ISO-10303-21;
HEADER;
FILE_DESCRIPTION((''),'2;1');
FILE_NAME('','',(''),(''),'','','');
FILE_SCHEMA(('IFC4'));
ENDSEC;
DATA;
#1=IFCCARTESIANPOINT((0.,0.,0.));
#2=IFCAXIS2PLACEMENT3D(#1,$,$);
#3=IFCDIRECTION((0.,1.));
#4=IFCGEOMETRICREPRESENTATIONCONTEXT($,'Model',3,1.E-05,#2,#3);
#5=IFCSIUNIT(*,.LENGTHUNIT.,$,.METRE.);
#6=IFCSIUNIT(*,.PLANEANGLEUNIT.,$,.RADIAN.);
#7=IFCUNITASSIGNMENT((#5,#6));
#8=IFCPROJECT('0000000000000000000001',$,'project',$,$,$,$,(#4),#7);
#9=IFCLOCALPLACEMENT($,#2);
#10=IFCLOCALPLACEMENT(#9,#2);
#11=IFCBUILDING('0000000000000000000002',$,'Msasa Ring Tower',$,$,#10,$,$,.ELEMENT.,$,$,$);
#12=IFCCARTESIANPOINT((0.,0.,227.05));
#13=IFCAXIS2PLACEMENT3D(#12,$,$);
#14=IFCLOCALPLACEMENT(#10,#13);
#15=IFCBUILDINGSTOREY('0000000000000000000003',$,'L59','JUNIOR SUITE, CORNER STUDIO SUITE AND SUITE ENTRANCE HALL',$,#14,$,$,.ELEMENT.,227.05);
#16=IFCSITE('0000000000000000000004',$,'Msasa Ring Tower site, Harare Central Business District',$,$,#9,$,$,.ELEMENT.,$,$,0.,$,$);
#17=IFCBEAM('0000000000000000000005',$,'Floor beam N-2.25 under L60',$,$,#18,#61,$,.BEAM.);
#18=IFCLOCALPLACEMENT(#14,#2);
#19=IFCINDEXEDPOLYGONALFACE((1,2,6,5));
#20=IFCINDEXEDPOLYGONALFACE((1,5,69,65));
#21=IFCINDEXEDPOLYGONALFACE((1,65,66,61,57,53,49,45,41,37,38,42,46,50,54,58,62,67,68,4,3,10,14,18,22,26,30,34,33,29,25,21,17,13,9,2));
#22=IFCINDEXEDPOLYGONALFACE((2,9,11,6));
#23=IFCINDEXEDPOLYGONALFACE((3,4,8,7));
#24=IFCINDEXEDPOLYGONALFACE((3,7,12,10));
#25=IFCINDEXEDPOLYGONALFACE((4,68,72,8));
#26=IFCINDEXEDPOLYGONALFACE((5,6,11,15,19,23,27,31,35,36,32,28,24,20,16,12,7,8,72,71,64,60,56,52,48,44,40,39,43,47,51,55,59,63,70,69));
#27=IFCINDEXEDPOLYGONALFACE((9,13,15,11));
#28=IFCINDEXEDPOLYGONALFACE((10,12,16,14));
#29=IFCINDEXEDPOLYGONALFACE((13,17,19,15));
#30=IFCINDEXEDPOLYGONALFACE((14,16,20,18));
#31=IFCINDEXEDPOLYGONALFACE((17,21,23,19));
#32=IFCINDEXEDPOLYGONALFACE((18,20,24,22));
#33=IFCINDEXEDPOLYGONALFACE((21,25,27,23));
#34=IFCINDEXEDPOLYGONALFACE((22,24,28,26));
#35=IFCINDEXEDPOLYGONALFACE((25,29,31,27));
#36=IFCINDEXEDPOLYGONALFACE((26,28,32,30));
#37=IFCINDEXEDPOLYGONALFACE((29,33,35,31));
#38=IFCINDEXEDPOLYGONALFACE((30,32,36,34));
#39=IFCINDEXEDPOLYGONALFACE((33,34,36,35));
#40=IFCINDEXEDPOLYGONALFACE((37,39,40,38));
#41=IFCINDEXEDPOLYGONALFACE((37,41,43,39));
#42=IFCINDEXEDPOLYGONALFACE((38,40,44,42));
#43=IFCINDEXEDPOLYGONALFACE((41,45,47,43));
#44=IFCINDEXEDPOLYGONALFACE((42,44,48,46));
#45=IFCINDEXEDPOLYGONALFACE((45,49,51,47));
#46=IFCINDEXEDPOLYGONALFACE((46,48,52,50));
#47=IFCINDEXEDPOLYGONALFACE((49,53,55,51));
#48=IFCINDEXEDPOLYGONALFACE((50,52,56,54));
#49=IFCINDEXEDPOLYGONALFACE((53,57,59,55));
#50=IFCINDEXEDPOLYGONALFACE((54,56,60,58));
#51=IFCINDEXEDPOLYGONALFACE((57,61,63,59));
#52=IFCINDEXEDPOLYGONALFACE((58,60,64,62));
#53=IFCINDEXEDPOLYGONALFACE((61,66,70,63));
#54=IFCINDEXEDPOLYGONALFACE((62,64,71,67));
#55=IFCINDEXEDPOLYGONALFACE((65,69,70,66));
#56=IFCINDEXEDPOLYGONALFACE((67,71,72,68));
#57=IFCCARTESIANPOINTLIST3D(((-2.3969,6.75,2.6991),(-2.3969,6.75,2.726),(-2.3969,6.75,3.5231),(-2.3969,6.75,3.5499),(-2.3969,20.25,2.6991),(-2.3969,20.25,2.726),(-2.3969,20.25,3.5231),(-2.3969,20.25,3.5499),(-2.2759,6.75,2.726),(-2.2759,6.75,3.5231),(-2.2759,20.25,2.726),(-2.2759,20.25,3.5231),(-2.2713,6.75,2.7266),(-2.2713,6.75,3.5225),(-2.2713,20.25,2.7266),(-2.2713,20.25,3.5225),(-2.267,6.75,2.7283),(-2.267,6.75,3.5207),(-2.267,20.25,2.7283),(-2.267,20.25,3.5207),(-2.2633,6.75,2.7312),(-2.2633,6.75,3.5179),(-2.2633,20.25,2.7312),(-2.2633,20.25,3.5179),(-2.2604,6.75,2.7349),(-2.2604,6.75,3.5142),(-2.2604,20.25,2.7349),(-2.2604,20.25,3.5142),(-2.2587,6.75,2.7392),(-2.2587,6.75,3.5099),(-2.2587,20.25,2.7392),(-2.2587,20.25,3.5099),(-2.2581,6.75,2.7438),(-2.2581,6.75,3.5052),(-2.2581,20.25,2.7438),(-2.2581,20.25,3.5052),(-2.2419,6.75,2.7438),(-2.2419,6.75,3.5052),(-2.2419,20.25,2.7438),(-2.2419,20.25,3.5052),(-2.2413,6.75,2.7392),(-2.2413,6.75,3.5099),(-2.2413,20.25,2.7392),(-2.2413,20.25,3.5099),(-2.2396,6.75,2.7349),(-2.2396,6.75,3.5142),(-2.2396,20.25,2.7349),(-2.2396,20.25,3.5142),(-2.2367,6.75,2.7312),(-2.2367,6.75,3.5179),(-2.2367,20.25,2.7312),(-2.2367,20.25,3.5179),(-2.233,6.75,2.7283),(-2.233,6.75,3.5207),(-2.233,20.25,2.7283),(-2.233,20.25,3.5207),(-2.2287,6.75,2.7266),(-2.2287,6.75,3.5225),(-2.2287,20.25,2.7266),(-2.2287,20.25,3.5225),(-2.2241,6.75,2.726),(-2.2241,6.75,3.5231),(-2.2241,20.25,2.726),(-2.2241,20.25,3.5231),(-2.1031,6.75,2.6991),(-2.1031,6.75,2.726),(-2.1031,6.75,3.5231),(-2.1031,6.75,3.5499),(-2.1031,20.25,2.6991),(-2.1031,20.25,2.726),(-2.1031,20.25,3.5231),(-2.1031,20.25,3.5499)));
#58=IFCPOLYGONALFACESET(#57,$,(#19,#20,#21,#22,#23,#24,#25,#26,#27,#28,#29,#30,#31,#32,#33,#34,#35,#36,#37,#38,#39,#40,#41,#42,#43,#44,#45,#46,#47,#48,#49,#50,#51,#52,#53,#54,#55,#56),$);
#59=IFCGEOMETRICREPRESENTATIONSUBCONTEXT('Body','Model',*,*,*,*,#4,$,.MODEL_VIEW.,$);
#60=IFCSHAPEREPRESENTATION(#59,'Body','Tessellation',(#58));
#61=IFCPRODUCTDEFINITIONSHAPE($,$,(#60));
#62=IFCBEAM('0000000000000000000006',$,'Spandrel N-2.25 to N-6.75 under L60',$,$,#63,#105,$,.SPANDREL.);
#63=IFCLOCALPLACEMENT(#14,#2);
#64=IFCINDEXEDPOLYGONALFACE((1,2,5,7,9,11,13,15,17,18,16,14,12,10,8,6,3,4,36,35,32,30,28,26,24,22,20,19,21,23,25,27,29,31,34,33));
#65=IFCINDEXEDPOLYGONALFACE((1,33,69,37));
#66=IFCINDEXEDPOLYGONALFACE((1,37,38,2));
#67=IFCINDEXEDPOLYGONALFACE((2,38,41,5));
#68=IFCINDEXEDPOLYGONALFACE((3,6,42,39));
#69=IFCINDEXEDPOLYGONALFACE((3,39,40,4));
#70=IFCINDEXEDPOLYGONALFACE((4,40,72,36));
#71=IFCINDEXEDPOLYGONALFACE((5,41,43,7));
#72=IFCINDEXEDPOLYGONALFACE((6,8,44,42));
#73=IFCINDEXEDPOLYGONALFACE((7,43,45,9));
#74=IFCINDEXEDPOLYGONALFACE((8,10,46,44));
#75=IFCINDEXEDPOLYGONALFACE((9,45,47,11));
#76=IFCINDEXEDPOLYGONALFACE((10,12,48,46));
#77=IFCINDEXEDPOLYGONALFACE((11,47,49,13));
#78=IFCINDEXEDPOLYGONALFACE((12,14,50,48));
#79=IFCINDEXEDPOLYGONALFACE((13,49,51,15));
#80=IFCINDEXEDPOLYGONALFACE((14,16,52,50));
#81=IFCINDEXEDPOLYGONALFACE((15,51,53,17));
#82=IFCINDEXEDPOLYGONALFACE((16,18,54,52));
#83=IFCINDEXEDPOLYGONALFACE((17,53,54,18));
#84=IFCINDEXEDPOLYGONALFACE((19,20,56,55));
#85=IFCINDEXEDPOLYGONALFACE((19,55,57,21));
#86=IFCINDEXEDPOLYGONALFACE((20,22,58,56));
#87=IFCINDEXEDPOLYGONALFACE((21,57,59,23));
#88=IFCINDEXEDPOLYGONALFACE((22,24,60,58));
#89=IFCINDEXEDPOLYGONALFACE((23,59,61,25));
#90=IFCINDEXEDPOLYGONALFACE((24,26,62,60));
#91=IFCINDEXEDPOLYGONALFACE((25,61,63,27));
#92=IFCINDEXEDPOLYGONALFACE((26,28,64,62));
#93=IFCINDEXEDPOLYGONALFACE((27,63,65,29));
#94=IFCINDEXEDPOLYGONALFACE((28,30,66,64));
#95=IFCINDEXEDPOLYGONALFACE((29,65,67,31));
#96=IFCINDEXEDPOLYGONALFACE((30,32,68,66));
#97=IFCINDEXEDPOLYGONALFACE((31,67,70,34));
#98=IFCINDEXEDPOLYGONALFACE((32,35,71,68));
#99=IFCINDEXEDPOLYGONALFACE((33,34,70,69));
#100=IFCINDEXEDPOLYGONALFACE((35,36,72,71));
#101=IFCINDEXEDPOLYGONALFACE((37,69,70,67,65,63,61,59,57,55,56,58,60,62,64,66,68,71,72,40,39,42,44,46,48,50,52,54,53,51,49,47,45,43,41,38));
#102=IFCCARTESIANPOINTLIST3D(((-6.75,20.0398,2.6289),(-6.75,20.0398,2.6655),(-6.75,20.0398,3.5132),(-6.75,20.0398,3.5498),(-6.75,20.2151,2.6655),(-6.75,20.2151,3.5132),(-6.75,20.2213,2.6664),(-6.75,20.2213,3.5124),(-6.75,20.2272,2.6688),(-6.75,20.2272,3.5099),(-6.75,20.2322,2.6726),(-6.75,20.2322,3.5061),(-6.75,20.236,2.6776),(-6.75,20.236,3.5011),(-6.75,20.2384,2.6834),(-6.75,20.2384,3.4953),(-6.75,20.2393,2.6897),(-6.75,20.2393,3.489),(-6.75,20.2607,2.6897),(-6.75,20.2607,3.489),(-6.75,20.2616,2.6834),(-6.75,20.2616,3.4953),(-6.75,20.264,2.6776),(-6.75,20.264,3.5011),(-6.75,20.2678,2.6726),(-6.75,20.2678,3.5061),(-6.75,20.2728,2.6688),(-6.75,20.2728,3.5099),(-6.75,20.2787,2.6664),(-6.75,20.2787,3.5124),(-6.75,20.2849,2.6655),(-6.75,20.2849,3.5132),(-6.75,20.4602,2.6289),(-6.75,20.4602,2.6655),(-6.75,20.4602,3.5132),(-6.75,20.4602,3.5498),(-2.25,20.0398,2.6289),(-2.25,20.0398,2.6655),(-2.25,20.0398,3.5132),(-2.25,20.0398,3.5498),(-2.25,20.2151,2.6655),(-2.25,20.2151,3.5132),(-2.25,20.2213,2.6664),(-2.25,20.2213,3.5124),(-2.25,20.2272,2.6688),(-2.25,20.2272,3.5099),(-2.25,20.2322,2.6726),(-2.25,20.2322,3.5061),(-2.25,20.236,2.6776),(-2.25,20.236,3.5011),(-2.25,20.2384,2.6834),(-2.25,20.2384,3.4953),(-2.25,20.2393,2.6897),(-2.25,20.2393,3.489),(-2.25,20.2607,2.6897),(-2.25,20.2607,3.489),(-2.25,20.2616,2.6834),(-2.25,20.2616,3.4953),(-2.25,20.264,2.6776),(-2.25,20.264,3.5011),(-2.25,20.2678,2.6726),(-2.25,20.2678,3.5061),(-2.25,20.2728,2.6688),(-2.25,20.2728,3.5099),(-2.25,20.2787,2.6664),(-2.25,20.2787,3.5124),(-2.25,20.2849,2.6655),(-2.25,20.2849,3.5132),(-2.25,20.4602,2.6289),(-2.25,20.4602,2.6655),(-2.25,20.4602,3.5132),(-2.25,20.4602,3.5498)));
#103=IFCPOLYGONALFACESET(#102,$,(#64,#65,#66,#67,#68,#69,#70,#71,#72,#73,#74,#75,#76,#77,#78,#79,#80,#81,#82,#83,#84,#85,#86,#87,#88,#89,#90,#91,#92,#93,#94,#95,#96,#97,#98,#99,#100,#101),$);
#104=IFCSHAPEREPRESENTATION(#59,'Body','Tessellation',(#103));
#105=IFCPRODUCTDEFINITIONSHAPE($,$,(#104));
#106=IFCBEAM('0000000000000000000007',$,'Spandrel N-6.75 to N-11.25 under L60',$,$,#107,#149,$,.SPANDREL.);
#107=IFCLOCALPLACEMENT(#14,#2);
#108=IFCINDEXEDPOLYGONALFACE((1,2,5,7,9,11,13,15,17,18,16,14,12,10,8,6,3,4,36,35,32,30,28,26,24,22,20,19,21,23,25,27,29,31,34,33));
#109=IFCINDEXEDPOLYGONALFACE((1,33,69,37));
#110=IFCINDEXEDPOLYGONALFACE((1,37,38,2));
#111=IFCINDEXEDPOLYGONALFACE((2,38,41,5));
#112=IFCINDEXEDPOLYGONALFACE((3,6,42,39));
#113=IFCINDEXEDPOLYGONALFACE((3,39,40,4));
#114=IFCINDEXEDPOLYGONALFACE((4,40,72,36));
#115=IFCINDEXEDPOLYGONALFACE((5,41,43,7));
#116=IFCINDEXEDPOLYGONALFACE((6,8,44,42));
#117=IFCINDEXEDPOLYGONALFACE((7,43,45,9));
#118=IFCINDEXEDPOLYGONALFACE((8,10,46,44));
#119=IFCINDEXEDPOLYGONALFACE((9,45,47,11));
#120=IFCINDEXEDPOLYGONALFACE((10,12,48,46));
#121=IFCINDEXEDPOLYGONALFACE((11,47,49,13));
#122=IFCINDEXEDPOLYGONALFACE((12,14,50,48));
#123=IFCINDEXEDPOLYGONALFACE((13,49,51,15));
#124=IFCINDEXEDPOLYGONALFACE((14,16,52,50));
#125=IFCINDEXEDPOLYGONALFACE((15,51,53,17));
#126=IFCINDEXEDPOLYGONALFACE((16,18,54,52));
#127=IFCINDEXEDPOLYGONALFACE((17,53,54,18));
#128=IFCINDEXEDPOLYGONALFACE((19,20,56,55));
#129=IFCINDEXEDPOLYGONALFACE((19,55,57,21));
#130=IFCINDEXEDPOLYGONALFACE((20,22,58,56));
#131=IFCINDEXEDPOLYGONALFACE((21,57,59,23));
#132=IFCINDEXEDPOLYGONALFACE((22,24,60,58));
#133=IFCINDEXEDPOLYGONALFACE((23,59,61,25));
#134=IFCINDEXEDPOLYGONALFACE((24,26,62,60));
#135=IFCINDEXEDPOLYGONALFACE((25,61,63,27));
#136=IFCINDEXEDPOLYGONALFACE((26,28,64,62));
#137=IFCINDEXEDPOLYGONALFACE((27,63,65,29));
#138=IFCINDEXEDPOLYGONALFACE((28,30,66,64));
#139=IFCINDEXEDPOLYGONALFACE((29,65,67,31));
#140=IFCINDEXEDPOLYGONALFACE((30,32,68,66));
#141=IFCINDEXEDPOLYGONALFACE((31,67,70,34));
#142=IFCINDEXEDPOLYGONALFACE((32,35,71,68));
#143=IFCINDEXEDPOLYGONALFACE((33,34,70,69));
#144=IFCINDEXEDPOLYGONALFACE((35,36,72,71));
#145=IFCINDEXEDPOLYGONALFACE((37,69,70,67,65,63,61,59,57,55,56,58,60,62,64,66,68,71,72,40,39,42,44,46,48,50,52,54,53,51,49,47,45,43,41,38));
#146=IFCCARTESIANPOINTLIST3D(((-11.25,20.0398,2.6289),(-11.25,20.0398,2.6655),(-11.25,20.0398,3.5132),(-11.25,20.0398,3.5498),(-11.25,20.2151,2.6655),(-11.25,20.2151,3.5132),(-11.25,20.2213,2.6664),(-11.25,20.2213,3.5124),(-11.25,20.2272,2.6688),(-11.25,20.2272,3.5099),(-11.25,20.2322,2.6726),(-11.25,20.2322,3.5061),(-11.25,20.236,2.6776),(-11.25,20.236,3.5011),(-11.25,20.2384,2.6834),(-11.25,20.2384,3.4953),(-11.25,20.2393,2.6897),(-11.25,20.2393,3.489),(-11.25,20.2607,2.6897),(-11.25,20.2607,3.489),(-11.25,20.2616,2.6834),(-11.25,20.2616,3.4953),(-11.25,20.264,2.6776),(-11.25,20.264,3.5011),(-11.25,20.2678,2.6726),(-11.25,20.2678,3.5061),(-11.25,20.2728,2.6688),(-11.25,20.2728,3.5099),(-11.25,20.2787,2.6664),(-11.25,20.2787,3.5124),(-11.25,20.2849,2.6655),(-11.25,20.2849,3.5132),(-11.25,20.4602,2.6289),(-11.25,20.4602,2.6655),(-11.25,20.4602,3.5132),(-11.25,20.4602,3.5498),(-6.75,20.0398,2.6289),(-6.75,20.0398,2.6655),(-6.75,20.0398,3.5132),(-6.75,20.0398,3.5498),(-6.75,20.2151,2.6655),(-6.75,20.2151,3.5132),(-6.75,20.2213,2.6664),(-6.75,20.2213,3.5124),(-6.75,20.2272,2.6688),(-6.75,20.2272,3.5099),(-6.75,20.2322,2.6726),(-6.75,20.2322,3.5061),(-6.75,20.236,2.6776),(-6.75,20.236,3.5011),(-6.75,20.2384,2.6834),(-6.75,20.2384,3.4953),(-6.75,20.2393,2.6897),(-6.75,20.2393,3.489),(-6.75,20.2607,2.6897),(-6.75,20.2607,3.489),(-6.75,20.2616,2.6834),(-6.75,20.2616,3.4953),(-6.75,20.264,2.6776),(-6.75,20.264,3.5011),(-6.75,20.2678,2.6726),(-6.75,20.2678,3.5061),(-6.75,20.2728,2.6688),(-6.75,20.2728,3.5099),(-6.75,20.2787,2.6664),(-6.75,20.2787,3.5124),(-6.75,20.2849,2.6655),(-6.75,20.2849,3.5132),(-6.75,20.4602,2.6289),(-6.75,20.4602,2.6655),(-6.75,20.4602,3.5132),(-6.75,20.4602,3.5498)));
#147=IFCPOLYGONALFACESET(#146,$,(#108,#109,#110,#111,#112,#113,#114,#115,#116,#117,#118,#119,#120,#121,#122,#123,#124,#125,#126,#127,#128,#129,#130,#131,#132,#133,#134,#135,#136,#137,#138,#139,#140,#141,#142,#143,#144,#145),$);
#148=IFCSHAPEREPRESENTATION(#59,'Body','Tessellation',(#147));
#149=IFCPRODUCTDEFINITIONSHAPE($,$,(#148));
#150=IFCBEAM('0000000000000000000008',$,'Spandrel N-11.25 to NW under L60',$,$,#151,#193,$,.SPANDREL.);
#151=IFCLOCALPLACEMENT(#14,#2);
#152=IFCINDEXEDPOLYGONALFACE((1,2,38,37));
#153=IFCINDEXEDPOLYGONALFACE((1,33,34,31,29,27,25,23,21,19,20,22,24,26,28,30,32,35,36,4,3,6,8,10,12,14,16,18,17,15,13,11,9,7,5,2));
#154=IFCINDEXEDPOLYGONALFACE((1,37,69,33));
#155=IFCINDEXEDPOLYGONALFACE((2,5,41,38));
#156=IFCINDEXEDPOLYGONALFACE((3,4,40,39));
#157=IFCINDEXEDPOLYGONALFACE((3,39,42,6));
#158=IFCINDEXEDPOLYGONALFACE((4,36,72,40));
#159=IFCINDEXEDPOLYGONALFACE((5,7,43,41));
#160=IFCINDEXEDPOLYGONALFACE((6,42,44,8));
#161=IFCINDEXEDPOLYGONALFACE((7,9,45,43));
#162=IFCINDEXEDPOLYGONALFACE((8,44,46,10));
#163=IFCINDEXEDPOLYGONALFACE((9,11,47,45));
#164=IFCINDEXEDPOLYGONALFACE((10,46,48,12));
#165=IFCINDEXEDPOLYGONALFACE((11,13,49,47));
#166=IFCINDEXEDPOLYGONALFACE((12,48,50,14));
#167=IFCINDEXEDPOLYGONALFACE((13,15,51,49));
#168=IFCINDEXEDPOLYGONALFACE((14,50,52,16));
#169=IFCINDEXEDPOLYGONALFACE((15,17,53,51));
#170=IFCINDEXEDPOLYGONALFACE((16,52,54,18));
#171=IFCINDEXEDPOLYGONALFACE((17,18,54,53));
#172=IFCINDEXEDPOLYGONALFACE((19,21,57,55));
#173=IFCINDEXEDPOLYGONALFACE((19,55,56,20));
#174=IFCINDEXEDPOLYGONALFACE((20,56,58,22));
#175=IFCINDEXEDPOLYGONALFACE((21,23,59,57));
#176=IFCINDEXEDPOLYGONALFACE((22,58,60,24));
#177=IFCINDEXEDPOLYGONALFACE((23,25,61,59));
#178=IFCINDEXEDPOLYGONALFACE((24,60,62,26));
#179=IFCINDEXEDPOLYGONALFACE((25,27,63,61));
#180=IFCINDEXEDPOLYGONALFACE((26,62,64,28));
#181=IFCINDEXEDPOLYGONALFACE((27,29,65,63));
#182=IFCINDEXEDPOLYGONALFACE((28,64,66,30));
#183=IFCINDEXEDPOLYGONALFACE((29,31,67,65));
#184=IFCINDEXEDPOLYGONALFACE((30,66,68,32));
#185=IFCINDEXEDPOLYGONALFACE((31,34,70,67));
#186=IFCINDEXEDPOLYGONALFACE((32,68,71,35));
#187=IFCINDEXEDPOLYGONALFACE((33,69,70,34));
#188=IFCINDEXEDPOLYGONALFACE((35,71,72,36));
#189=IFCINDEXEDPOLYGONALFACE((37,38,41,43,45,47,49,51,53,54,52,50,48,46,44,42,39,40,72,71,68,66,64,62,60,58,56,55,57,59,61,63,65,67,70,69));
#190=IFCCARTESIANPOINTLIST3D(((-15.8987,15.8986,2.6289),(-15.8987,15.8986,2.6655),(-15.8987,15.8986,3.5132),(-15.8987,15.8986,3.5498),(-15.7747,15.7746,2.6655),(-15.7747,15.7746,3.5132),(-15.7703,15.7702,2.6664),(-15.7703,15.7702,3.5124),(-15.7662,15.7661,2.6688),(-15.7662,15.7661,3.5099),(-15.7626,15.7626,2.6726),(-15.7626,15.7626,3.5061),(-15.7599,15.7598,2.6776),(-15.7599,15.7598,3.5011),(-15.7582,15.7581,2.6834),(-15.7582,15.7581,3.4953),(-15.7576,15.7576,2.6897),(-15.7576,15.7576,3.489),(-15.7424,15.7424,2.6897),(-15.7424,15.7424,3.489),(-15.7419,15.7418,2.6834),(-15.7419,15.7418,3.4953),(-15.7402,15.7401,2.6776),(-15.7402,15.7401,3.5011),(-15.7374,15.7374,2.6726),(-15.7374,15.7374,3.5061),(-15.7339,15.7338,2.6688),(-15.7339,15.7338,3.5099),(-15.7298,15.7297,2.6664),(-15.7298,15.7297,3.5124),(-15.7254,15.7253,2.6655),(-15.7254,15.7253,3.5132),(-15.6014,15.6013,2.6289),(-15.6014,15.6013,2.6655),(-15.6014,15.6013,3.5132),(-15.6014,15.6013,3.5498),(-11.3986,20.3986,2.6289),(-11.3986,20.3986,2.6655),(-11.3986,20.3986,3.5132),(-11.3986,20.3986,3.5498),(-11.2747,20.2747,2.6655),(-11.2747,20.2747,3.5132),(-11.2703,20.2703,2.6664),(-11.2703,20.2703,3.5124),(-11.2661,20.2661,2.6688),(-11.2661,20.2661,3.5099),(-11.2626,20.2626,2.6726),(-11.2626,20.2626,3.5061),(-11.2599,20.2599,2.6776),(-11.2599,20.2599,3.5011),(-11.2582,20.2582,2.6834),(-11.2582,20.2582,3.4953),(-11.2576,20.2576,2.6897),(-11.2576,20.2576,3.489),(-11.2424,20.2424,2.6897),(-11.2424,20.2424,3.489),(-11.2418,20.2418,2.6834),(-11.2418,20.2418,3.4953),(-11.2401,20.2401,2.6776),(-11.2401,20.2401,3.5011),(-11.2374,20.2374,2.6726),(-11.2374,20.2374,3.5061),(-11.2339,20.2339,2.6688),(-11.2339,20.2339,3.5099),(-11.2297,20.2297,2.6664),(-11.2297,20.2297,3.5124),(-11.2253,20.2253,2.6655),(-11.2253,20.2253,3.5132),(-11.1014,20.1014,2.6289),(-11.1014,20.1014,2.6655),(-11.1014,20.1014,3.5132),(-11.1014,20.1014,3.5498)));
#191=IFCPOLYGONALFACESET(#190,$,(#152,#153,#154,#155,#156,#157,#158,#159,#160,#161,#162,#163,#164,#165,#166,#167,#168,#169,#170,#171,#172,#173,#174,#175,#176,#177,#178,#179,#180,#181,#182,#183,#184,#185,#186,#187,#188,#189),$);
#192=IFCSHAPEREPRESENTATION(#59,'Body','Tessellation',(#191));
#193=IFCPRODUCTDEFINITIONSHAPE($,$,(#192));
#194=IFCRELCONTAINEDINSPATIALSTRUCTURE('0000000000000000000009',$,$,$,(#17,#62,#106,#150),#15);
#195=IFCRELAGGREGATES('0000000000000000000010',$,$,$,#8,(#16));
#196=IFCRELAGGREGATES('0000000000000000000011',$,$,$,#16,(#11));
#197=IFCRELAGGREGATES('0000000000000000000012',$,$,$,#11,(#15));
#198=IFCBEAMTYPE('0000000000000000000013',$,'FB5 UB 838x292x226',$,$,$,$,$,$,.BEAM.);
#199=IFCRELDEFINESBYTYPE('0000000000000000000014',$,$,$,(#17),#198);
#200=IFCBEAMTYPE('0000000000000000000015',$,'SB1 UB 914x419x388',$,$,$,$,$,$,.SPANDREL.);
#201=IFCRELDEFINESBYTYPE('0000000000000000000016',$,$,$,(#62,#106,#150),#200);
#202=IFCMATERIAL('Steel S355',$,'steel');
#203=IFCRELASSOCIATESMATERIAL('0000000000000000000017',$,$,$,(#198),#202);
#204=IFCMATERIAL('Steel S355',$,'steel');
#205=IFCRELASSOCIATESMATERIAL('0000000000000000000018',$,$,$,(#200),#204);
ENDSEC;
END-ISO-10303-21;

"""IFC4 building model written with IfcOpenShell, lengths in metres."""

from ifc_helpers import new_model, si_unit, direction, frame, origin, origin_2d, place, context, subcontext, project, spatial, i_section, extrude, material, material_profile, profile_set, type_object, element, save


model = new_model("IFC4")

# Units and contexts
model_context = context("Model", 3, precision=1e-05, world=origin(), true_north=direction((0.0, 1.0)))
body_context = subcontext(model_context, "Body", "Model", "MODEL_VIEW")
ifc_project = project(units=[si_unit("LENGTHUNIT", "METRE"), si_unit("PLANEANGLEUNIT", "RADIAN")], contexts=[model_context])

# Site, building, storey
site_placement = place(None, origin())
site = spatial("IfcSite", under=ifc_project, at=site_placement, Name="Msasa Ring Tower site, Harare Central Business District", CompositionType="ELEMENT", RefElevation=0.0)
building_placement = place(site_placement, origin())
building = spatial("IfcBuilding", under=site, at=building_placement, Name="Msasa Ring Tower", CompositionType="ELEMENT")
storey_placement = place(building_placement, frame((0.0, 0.0, 227.05)))
storey = spatial("IfcBuildingStorey", under=building, at=storey_placement, Name="L59", Description="JUNIOR SUITE, CORNER STUDIO SUITE AND SUITE ENTRANCE HALL", CompositionType="ELEMENT", Elevation=227.05)

# Beams
ifc_material_1 = material(Name="Steel S355", Category="steel")
ifc_material_profile_1 = material_profile(ifc_material_1, i_section(OverallWidth=0.2937, OverallDepth=0.8508, WebThickness=0.0161, FlangeThickness=0.0269, FilletRadius=0.0178, at=origin_2d()), Name="UB 838x292x226")
ifc_profile_set_1 = profile_set([ifc_material_profile_1], Name="Steel S355")
beam_type_1 = type_object("IfcBeamType", Name="FB5 UB 838x292x226", PredefinedType="BEAM", material=ifc_profile_set_1)
for number, where, z_axis, x_axis, name in (
    (1, (-2.25, 20.25, 3.1245), (0.0, -1.0, 0.0), (1.0, 0.0, 0.0), "Floor beam N-2.25 under L60"),
):
    element("IfcBeam", number, at=place(storey_placement, frame(where, z_axis=z_axis, x_axis=x_axis)), inside=storey, type_object=beam_type_1, Name=name, PredefinedType="BEAM", context=body_context, shape_type="SweptSolid", body=[
        extrude(i_section(OverallWidth=0.2937, OverallDepth=0.8508, WebThickness=0.0161, FlangeThickness=0.0269, FilletRadius=0.0178, at=origin_2d()), origin(), (0.0, 0.0, 1.0), 13.5),
    ])
ifc_material_2 = material(Name="Steel S355", Category="steel")
ifc_material_profile_2 = material_profile(ifc_material_2, i_section(OverallWidth=0.4204, OverallDepth=0.9209, WebThickness=0.0215, FlangeThickness=0.0366, FilletRadius=0.0242, at=origin_2d()), Name="UB 914x419x388")
ifc_profile_set_2 = profile_set([ifc_material_profile_2], Name="Steel S355")
beam_type_2 = type_object("IfcBeamType", Name="SB1 UB 914x419x388", PredefinedType="SPANDREL", material=ifc_profile_set_2)
for number, where, z_axis, x_axis, name in (
    (2, (-2.25, 20.25, 3.0894), (-1.0, 0.0, 0.0), (0.0, -1.0, 0.0), "Spandrel N-2.25 to N-6.75 under L60"),
    (3, (-6.75, 20.25, 3.0894), (-1.0, 0.0, 0.0), (0.0, -1.0, 0.0), "Spandrel N-6.75 to N-11.25 under L60"),
):
    element("IfcBeam", number, at=place(storey_placement, frame(where, z_axis=z_axis, x_axis=x_axis)), inside=storey, type_object=beam_type_2, Name=name, PredefinedType="SPANDREL", context=body_context, shape_type="SweptSolid", body=[
        extrude(i_section(OverallWidth=0.4204, OverallDepth=0.9209, WebThickness=0.0215, FlangeThickness=0.0366, FilletRadius=0.0242, at=origin_2d()), origin(), (0.0, 0.0, 1.0), 4.5),
    ])
beam_1_placement = place(storey_placement, frame((-11.25, 20.25, 3.0894), z_axis=(-0.707107, -0.707107, 0.0), x_axis=(0.707107, -0.707107, 0.0)))
element("IfcBeam", 4, at=beam_1_placement, inside=storey, type_object=beam_type_2, Name="Spandrel N-11.25 to NW under L60", PredefinedType="SPANDREL", context=body_context, shape_type="SweptSolid", body=[
    extrude(i_section(OverallWidth=0.4204, OverallDepth=0.9209, WebThickness=0.0215, FlangeThickness=0.0366, FilletRadius=0.0242, at=origin_2d()), origin(), (0.0, 0.0, 1.0), 6.364),
])

save(model, "model.ifc")
